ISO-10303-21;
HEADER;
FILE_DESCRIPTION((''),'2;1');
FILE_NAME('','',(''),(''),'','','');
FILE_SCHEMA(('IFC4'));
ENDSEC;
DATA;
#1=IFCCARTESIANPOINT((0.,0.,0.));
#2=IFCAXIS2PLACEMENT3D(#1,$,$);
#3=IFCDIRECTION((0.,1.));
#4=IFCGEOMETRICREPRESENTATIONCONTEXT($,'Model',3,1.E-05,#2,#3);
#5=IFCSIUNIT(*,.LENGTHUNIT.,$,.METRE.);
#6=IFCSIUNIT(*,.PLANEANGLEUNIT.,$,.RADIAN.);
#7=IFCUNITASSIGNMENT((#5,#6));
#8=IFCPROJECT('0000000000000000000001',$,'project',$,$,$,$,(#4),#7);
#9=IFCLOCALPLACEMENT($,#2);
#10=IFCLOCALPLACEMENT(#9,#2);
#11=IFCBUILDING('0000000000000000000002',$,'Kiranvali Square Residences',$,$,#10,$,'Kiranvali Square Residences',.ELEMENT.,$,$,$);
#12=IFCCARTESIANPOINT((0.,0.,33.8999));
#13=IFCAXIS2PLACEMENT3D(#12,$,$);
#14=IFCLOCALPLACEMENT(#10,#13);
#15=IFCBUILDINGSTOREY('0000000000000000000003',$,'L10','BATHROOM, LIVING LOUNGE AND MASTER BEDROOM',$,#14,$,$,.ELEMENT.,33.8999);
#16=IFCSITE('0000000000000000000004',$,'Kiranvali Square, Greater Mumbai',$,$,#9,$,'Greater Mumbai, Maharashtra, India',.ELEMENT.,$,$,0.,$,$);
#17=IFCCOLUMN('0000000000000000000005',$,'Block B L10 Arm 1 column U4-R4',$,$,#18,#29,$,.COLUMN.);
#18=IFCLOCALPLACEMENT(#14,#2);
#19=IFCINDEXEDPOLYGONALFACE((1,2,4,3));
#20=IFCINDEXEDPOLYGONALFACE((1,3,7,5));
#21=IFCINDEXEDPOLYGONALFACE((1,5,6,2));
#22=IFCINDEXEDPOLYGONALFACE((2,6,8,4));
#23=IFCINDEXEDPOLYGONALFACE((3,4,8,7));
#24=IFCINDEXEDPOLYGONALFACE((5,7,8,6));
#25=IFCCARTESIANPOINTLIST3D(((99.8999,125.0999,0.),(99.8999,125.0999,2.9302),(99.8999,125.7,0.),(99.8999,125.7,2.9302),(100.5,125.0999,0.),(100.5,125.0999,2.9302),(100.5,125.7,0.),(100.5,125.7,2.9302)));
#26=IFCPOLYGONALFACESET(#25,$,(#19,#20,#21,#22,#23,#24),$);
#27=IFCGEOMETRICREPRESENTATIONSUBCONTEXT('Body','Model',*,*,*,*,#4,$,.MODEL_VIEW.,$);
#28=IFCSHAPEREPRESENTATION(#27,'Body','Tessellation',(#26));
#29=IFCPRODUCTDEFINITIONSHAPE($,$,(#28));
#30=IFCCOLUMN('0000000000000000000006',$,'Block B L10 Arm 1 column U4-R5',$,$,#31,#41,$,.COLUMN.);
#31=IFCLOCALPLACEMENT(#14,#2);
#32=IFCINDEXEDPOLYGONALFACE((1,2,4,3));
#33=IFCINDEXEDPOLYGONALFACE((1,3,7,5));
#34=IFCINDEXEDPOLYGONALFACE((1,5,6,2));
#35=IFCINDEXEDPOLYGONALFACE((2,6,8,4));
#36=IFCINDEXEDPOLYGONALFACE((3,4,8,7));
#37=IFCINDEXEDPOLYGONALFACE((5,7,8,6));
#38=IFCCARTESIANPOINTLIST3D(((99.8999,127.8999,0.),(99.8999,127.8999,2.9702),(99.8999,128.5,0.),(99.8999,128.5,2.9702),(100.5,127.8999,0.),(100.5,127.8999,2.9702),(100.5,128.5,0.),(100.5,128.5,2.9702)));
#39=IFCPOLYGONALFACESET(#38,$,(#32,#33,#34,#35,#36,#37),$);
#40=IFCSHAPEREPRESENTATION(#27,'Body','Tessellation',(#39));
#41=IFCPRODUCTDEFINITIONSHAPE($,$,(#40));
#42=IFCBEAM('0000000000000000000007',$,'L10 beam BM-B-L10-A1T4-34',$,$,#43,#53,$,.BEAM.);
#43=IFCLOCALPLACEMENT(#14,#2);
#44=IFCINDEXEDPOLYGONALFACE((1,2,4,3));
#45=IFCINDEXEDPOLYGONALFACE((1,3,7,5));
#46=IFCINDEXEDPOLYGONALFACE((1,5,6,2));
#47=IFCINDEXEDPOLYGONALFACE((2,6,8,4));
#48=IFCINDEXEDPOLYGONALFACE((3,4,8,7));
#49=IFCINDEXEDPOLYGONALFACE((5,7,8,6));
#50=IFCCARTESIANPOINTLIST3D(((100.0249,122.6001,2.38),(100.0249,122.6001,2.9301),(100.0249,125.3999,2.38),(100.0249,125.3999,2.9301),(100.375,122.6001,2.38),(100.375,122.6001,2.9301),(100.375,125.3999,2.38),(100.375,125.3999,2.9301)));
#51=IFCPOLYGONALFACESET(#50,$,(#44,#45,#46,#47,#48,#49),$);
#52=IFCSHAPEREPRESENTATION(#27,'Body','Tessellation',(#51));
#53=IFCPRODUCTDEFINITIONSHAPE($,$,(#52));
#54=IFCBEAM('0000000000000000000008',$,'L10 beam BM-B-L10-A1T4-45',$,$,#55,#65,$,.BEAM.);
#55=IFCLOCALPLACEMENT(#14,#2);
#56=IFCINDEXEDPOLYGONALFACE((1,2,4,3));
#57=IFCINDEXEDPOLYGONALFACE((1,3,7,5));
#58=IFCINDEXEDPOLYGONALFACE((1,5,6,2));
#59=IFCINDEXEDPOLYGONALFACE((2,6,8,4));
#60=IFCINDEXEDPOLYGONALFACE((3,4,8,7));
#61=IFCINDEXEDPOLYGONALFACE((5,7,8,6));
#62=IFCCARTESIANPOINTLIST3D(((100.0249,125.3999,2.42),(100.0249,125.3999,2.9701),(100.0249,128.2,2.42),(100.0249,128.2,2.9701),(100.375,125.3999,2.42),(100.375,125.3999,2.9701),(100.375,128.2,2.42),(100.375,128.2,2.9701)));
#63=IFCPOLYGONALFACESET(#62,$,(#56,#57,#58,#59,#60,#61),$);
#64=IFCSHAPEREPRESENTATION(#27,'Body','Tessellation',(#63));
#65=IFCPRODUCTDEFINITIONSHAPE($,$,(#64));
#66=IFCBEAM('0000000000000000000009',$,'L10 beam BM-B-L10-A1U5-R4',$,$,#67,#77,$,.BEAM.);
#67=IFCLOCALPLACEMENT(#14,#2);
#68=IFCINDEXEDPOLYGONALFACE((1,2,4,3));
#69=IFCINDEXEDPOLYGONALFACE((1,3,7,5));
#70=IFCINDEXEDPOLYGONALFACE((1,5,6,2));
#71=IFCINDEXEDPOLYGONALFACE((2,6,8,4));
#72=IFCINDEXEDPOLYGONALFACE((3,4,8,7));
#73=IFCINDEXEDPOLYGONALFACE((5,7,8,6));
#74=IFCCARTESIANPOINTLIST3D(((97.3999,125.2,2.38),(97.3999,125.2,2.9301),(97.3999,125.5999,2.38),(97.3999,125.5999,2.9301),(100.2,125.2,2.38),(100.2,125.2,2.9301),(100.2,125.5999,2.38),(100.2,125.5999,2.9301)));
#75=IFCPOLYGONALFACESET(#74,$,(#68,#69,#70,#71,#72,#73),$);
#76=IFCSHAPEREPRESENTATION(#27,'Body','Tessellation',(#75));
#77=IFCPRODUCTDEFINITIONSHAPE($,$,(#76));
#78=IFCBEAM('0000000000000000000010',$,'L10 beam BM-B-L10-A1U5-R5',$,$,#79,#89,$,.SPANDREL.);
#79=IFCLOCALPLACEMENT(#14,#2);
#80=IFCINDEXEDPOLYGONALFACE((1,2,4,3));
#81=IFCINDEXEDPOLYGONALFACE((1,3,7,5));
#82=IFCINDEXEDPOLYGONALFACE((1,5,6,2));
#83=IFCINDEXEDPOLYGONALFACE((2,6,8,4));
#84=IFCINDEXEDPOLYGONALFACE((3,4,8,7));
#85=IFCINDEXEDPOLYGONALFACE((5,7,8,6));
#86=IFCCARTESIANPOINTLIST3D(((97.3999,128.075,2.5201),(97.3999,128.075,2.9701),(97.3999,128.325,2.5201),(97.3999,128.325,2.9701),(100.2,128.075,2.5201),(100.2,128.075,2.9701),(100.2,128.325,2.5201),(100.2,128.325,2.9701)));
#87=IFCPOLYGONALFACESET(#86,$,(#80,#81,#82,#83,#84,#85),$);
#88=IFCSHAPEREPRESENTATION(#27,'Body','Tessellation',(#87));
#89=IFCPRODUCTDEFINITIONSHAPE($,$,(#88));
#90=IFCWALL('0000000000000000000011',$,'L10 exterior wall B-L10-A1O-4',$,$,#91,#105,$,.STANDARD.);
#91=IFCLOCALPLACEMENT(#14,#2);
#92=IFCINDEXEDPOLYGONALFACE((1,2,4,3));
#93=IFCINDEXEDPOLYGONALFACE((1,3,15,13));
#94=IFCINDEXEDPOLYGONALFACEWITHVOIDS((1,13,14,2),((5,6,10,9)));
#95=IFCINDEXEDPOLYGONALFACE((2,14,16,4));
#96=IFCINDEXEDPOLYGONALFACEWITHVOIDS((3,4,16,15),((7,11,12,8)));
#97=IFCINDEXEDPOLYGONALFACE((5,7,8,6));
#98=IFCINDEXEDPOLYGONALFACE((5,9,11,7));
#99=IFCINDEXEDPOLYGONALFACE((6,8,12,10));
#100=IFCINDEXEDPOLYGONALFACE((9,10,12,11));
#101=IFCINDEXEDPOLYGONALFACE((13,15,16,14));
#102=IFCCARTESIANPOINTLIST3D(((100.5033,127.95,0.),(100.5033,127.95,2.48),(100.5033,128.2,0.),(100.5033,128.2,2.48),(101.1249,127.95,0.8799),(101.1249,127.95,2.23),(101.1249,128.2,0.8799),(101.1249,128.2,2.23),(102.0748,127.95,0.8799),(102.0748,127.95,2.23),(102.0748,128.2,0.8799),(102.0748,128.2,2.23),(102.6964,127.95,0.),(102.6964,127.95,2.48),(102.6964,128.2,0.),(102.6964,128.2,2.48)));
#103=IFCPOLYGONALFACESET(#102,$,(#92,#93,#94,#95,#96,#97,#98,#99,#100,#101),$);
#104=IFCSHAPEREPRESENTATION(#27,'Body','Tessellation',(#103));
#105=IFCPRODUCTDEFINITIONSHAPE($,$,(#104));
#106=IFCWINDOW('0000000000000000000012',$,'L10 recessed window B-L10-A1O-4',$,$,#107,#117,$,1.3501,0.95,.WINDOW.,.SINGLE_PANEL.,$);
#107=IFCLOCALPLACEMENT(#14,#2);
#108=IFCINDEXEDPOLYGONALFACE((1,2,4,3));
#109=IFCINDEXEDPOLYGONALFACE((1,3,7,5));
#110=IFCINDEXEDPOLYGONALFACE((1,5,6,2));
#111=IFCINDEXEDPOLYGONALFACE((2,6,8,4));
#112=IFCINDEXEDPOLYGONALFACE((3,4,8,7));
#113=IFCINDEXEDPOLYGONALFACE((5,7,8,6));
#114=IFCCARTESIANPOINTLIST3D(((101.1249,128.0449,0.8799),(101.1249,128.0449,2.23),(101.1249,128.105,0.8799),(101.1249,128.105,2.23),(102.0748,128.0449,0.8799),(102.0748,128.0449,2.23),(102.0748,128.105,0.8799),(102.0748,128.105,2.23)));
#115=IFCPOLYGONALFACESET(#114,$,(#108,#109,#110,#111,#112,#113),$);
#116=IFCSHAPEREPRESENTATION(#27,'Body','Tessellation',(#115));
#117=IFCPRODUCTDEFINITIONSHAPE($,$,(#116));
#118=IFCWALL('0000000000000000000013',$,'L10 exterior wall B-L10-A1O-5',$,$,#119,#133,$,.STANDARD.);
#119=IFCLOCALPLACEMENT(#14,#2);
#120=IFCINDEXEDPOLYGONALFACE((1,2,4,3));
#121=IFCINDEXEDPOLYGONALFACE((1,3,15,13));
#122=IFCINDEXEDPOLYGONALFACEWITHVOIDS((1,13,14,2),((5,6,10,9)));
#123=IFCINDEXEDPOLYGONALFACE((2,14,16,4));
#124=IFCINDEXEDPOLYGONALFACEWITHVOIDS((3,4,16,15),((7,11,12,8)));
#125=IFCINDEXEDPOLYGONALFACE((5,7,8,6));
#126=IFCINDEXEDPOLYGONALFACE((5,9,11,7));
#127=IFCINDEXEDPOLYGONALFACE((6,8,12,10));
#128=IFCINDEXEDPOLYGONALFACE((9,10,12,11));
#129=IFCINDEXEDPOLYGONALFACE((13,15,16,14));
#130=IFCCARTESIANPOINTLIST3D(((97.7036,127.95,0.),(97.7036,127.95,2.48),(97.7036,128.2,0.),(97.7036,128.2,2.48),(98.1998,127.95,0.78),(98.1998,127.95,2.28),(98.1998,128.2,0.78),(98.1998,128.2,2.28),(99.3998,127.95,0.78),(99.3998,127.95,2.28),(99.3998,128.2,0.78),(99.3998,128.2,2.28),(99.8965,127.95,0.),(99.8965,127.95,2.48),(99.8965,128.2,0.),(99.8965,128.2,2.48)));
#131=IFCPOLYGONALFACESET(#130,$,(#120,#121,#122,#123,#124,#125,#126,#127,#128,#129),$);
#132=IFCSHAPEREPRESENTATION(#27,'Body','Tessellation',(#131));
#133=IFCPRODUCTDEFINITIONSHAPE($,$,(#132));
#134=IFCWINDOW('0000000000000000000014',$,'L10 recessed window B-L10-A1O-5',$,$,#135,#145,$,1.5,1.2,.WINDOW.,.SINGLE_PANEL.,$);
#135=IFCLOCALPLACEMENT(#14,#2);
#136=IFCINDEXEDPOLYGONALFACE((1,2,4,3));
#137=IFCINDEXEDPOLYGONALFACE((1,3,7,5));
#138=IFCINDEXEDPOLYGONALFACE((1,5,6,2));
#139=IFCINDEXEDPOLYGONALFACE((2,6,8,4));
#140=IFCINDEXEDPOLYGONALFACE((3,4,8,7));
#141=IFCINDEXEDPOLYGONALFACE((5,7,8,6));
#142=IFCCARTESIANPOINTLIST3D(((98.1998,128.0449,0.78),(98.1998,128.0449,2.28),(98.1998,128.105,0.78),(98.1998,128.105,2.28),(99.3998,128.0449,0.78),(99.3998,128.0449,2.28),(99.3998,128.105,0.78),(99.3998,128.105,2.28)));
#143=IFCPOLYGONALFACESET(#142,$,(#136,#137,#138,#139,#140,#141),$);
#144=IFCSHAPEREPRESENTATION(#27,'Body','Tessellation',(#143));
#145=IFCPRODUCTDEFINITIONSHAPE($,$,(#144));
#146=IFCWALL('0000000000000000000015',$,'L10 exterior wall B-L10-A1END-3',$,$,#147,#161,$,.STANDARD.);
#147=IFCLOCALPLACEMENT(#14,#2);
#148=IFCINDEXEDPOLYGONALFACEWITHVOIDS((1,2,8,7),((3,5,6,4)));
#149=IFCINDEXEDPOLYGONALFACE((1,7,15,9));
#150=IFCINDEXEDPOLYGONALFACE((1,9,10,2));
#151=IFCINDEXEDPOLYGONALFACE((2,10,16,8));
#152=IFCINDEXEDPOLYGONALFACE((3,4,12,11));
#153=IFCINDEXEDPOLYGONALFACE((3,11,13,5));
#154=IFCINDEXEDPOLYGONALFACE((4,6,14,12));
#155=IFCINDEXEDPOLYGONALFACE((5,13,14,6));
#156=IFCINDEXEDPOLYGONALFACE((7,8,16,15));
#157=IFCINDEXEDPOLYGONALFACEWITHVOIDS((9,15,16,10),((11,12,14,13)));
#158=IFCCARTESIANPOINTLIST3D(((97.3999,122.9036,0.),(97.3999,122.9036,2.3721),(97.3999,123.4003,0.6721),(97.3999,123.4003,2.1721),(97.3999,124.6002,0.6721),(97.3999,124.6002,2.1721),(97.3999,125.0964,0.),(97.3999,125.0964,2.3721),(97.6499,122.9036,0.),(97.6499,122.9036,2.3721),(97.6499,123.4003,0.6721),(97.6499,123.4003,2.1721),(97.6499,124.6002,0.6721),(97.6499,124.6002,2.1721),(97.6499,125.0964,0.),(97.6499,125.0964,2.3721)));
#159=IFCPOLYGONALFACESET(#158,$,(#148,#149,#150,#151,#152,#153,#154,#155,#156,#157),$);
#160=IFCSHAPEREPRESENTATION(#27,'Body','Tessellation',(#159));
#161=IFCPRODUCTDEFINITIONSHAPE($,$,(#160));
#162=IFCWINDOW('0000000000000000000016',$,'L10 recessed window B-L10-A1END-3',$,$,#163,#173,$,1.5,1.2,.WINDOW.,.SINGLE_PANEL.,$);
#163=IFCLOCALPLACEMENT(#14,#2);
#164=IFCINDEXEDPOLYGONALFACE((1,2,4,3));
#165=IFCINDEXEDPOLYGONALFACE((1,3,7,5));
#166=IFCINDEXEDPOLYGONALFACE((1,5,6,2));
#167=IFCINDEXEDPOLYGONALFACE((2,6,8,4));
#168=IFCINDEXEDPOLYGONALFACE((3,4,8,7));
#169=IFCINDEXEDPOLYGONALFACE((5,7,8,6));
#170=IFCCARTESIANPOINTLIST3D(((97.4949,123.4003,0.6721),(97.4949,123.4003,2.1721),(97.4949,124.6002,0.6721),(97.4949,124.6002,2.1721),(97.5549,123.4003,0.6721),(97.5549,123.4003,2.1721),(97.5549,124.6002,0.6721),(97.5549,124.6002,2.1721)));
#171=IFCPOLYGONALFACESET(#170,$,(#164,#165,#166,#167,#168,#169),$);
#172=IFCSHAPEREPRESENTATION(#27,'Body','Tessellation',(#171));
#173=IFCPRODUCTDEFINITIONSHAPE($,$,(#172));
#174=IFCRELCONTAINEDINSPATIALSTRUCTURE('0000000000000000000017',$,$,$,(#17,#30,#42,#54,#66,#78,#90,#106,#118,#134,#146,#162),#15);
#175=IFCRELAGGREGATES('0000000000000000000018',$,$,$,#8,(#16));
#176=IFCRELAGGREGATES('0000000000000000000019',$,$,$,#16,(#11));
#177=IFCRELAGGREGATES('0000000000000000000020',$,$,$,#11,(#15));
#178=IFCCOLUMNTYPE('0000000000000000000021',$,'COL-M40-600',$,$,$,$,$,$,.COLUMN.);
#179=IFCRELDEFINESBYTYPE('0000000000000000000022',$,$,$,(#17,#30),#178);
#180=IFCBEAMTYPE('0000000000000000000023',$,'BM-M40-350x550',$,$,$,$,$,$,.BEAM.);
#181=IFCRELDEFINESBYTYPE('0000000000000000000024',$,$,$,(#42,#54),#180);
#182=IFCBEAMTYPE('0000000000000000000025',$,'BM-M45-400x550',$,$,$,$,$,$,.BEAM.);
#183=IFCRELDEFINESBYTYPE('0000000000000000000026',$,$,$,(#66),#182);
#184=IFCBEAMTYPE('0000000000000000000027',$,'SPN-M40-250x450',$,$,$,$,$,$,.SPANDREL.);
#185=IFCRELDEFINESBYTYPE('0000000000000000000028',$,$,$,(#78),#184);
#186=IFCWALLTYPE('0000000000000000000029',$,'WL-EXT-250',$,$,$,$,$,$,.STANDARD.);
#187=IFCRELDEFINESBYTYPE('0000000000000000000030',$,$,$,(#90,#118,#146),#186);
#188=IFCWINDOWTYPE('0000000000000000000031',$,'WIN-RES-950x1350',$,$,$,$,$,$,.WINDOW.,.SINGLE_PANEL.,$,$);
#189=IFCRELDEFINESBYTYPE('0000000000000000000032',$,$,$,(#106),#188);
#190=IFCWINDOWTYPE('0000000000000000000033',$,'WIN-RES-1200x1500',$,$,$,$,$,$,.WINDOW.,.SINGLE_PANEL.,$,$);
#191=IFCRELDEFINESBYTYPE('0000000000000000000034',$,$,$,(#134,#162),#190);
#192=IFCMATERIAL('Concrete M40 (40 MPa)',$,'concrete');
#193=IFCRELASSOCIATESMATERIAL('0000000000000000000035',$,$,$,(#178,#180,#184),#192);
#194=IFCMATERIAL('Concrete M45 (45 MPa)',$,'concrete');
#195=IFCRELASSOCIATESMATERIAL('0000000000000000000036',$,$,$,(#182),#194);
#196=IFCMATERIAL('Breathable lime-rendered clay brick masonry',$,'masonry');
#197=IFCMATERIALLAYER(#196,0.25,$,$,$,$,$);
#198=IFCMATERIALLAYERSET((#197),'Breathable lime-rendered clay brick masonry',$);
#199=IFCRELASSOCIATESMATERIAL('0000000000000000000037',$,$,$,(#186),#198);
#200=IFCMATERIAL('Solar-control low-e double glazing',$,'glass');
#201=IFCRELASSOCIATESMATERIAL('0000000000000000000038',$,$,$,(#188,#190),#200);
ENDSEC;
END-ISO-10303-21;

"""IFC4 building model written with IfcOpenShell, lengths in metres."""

from ifc_helpers import new_model, si_unit, direction, frame, frame_2d, origin, origin_2d, place, context, subcontext, project, spatial, rectangle, extrude, material, layer, layer_set, material_profile, profile_set, type_object, element, fill, save


model = new_model("IFC4")

# Units and contexts
model_context = context("Model", 3, precision=1e-05, world=origin(), true_north=direction((0.0, 1.0)))
body_context = subcontext(model_context, "Body", "Model", "MODEL_VIEW")
ifc_project = project(units=[si_unit("LENGTHUNIT", "METRE"), si_unit("PLANEANGLEUNIT", "RADIAN")], contexts=[model_context])

# Site, building, storey
site_placement = place(None, origin())
site = spatial("IfcSite", under=ifc_project, at=site_placement, Name="Kiranvali Square, Greater Mumbai", LongName="Greater Mumbai, Maharashtra, India", CompositionType="ELEMENT", RefElevation=0.0)
building_placement = place(site_placement, origin())
building = spatial("IfcBuilding", under=site, at=building_placement, Name="Kiranvali Square Residences", LongName="Kiranvali Square Residences", CompositionType="ELEMENT")
storey_placement = place(building_placement, frame((0.0, 0.0, 33.8999)))
storey = spatial("IfcBuildingStorey", under=building, at=storey_placement, Name="L10", Description="BATHROOM, LIVING LOUNGE AND MASTER BEDROOM", CompositionType="ELEMENT", Elevation=33.8999)

# Columns
ifc_material_1 = material(Name="Concrete M40 (40 MPa)", Category="concrete")
ifc_material_profile_1 = material_profile(ifc_material_1, rectangle(XDim=0.6001, YDim=0.6001, at=origin_2d()), Name="RC 600x600")
ifc_profile_set_1 = profile_set([ifc_material_profile_1], Name="Concrete M40 (40 MPa)")
column_type = type_object("IfcColumnType", Name="COL-M40-600", PredefinedType="COLUMN", material=ifc_profile_set_1)
column_1_placement = place(storey_placement, frame((100.2, 125.3999, 0.0), z_axis=(0.0, 0.0, 1.0), x_axis=(1.0, 0.0, 0.0)))
element("IfcColumn", 1, at=column_1_placement, inside=storey, type_object=column_type, Name="Block B L10 Arm 1 column U4-R4", PredefinedType="COLUMN", context=body_context, shape_type="SweptSolid", body=[
    extrude(rectangle(XDim=0.6001, YDim=0.6001, at=origin_2d()), origin(), (0.0, 0.0, 1.0), 2.9302),
])
column_2_placement = place(storey_placement, frame((100.2, 128.2, 0.0), z_axis=(0.0, 0.0, 1.0), x_axis=(1.0, 0.0, 0.0)))
element("IfcColumn", 2, at=column_2_placement, inside=storey, type_object=column_type, Name="Block B L10 Arm 1 column U4-R5", PredefinedType="COLUMN", context=body_context, shape_type="SweptSolid", body=[
    extrude(rectangle(XDim=0.6001, YDim=0.6001, at=origin_2d()), origin(), (0.0, 0.0, 1.0), 2.9702),
])

# Beams
ifc_material_profile_2 = material_profile(ifc_material_1, rectangle(XDim=0.3501, YDim=0.55, at=origin_2d()), Name="RC 350x550")
ifc_profile_set_2 = profile_set([ifc_material_profile_2], Name="Concrete M40 (40 MPa)")
beam_type_1 = type_object("IfcBeamType", Name="BM-M40-350x550", PredefinedType="BEAM", material=ifc_profile_set_2)
beam_1_placement = place(storey_placement, frame((100.2, 122.6001, 2.655), z_axis=(0.0, 1.0, 0.0), x_axis=(-1.0, 0.0, 0.0)))
element("IfcBeam", 3, at=beam_1_placement, inside=storey, type_object=beam_type_1, Name="L10 beam BM-B-L10-A1T4-34", PredefinedType="BEAM", context=body_context, shape_type="SweptSolid", body=[
    extrude(rectangle(XDim=0.3501, YDim=0.55, at=origin_2d()), origin(), (0.0, 0.0, 1.0), 2.7998),
])
beam_2_placement = place(storey_placement, frame((100.2, 125.3999, 2.6951), z_axis=(0.0, 1.0, 0.0), x_axis=(-1.0, 0.0, 0.0)))
element("IfcBeam", 4, at=beam_2_placement, inside=storey, type_object=beam_type_1, Name="L10 beam BM-B-L10-A1T4-45", PredefinedType="BEAM", context=body_context, shape_type="SweptSolid", body=[
    extrude(rectangle(XDim=0.3501, YDim=0.55, at=origin_2d()), origin(), (0.0, 0.0, 1.0), 2.8),
])
ifc_material_2 = material(Name="Concrete M45 (45 MPa)", Category="concrete")
ifc_material_profile_3 = material_profile(ifc_material_2, rectangle(XDim=0.3999, YDim=0.55, at=origin_2d()), Name="RC 400x550")
ifc_profile_set_3 = profile_set([ifc_material_profile_3], Name="Concrete M45 (45 MPa)")
beam_type_2 = type_object("IfcBeamType", Name="BM-M45-400x550", PredefinedType="BEAM", material=ifc_profile_set_3)
beam_3_placement = place(storey_placement, frame((100.2, 125.3999, 2.655), z_axis=(-1.0, 0.0, 0.0), x_axis=(0.0, -1.0, 0.0)))
element("IfcBeam", 5, at=beam_3_placement, inside=storey, type_object=beam_type_2, Name="L10 beam BM-B-L10-A1U5-R4", PredefinedType="BEAM", context=body_context, shape_type="SweptSolid", body=[
    extrude(rectangle(XDim=0.3999, YDim=0.55, at=origin_2d()), origin(), (0.0, 0.0, 1.0), 2.8),
])
ifc_material_profile_4 = material_profile(ifc_material_1, rectangle(XDim=0.25, YDim=0.45, at=origin_2d()), Name="RC 250x450")
ifc_profile_set_4 = profile_set([ifc_material_profile_4], Name="Concrete M40 (40 MPa)")
beam_type_3 = type_object("IfcBeamType", Name="SPN-M40-250x450", PredefinedType="SPANDREL", material=ifc_profile_set_4)
beam_4_placement = place(storey_placement, frame((100.2, 128.2, 2.7451), z_axis=(-1.0, 0.0, 0.0), x_axis=(0.0, -1.0, 0.0)))
element("IfcBeam", 6, at=beam_4_placement, inside=storey, type_object=beam_type_3, Name="L10 beam BM-B-L10-A1U5-R5", PredefinedType="SPANDREL", context=body_context, shape_type="SweptSolid", body=[
    extrude(rectangle(XDim=0.25, YDim=0.45, at=origin_2d()), origin(), (0.0, 0.0, 1.0), 2.8),
])

# Walls, openings, windows
ifc_material_3 = material(Name="Breathable lime-rendered clay brick masonry", Category="masonry")
ifc_layer_1 = layer(ifc_material_3, 0.25)
ifc_layer_set_1 = layer_set([ifc_layer_1], Name="Breathable lime-rendered clay brick masonry")
wall_type_1 = type_object("IfcWallType", Name="WL-EXT-250", PredefinedType="STANDARD", material=ifc_layer_set_1)
wall_1_placement = place(storey_placement, frame((102.6965, 128.075, 0.0), z_axis=(0.0, 0.0, 1.0), x_axis=(-1.0, 0.0, 0.0)))
wall_1 = element("IfcWall", 7, at=wall_1_placement, inside=storey, type_object=wall_type_1, Name="L10 exterior wall B-L10-A1O-4", PredefinedType="STANDARD", context=body_context, shape_type="SweptSolid", body=[
    extrude(rectangle(XDim=2.1931, YDim=0.25, at=frame_2d((1.0967, 0.0))), origin(), (0.0, 0.0, 1.0), 2.48),
])
opening_1_placement = place(wall_1_placement, frame((0.6216, 0.0, 0.8799)))
opening_1 = element("IfcOpeningElement", 8, at=opening_1_placement, cuts=wall_1, PredefinedType="OPENING", context=body_context, shape_type="SweptSolid", body=[
    extrude(rectangle(XDim=0.95, YDim=1.3501, at=frame_2d((0.4751, 0.675))), frame((0.0, 0.135, 0.0), z_axis=(0.0, -1.0, 0.0), x_axis=(1.0, 0.0, 0.0)), (0.0, 0.0, 1.0), 0.27),
])
ifc_material_4 = material(Name="Solar-control low-e double glazing", Category="glass")
window_type_1 = type_object("IfcWindowType", Name="WIN-RES-950x1350", PartitioningType="SINGLE_PANEL", PredefinedType="WINDOW", material=ifc_material_4)
window_1_placement = place(opening_1_placement, origin())
window_1 = element("IfcWindow", 9, at=window_1_placement, inside=storey, type_object=window_type_1, Name="L10 recessed window B-L10-A1O-4", OverallHeight=1.3501, OverallWidth=0.95, PartitioningType="SINGLE_PANEL", PredefinedType="WINDOW", context=body_context, shape_type="SweptSolid", body=[
    extrude(rectangle(XDim=0.95, YDim=1.3501, at=frame_2d((0.4751, 0.675))), frame((0.0, 0.03, 0.0), z_axis=(0.0, -1.0, 0.0), x_axis=(1.0, 0.0, 0.0)), (0.0, 0.0, 1.0), 0.0601),
])
fill(opening_1, window_1)
wall_2_placement = place(storey_placement, frame((99.8965, 128.075, 0.0), z_axis=(0.0, 0.0, 1.0), x_axis=(-1.0, 0.0, 0.0)))
wall_2 = element("IfcWall", 10, at=wall_2_placement, inside=storey, type_object=wall_type_1, Name="L10 exterior wall B-L10-A1O-5", PredefinedType="STANDARD", context=body_context, shape_type="SweptSolid", body=[
    extrude(rectangle(XDim=2.1929, YDim=0.25, at=frame_2d((1.0964, 0.0))), origin(), (0.0, 0.0, 1.0), 2.48),
])
opening_2_placement = place(wall_2_placement, frame((0.4966, 0.0, 0.78)))
opening_2 = element("IfcOpeningElement", 11, at=opening_2_placement, cuts=wall_2, PredefinedType="OPENING", context=body_context, shape_type="SweptSolid", body=[
    extrude(rectangle(XDim=1.2, YDim=1.5, at=frame_2d((0.6001, 0.75))), frame((0.0, 0.135, 0.0), z_axis=(0.0, -1.0, 0.0), x_axis=(1.0, 0.0, 0.0)), (0.0, 0.0, 1.0), 0.27),
])
window_type_2 = type_object("IfcWindowType", Name="WIN-RES-1200x1500", PartitioningType="SINGLE_PANEL", PredefinedType="WINDOW", material=ifc_material_4)
window_2_placement = place(opening_2_placement, origin())
window_2 = element("IfcWindow", 12, at=window_2_placement, inside=storey, type_object=window_type_2, Name="L10 recessed window B-L10-A1O-5", OverallHeight=1.5, OverallWidth=1.2, PartitioningType="SINGLE_PANEL", PredefinedType="WINDOW", context=body_context, shape_type="SweptSolid", body=[
    extrude(rectangle(XDim=1.2, YDim=1.5, at=frame_2d((0.6001, 0.75))), frame((0.0, 0.03, 0.0), z_axis=(0.0, -1.0, 0.0), x_axis=(1.0, 0.0, 0.0)), (0.0, 0.0, 1.0), 0.0601),
])
fill(opening_2, window_2)
wall_3_placement = place(storey_placement, frame((97.5249, 122.9036, 0.0), z_axis=(0.0, 0.0, 1.0), x_axis=(0.0, 1.0, 0.0)))
wall_3 = element("IfcWall", 13, at=wall_3_placement, inside=storey, type_object=wall_type_1, Name="L10 exterior wall B-L10-A1END-3", PredefinedType="STANDARD", context=body_context, shape_type="SweptSolid", body=[
    extrude(rectangle(XDim=2.1929, YDim=0.25, at=frame_2d((1.0964, 0.0))), origin(), (0.0, 0.0, 1.0), 2.3721),
])
opening_3_placement = place(wall_3_placement, frame((0.4966, 0.0, 0.6721)))
opening_3 = element("IfcOpeningElement", 14, at=opening_3_placement, cuts=wall_3, PredefinedType="OPENING", context=body_context, shape_type="SweptSolid", body=[
    extrude(rectangle(XDim=1.2, YDim=1.5, at=frame_2d((0.6001, 0.75))), frame((0.0, 0.135, 0.0), z_axis=(0.0, -1.0, 0.0), x_axis=(1.0, 0.0, 0.0)), (0.0, 0.0, 1.0), 0.27),
])
window_3_placement = place(opening_3_placement, origin())
window_3 = element("IfcWindow", 15, at=window_3_placement, inside=storey, type_object=window_type_2, Name="L10 recessed window B-L10-A1END-3", OverallHeight=1.5, OverallWidth=1.2, PartitioningType="SINGLE_PANEL", PredefinedType="WINDOW", context=body_context, shape_type="SweptSolid", body=[
    extrude(rectangle(XDim=1.2, YDim=1.5, at=frame_2d((0.6001, 0.75))), frame((0.0, 0.03, 0.0), z_axis=(0.0, -1.0, 0.0), x_axis=(1.0, 0.0, 0.0)), (0.0, 0.0, 1.0), 0.0601),
])
fill(opening_3, window_3)

save(model, "model.ifc")
